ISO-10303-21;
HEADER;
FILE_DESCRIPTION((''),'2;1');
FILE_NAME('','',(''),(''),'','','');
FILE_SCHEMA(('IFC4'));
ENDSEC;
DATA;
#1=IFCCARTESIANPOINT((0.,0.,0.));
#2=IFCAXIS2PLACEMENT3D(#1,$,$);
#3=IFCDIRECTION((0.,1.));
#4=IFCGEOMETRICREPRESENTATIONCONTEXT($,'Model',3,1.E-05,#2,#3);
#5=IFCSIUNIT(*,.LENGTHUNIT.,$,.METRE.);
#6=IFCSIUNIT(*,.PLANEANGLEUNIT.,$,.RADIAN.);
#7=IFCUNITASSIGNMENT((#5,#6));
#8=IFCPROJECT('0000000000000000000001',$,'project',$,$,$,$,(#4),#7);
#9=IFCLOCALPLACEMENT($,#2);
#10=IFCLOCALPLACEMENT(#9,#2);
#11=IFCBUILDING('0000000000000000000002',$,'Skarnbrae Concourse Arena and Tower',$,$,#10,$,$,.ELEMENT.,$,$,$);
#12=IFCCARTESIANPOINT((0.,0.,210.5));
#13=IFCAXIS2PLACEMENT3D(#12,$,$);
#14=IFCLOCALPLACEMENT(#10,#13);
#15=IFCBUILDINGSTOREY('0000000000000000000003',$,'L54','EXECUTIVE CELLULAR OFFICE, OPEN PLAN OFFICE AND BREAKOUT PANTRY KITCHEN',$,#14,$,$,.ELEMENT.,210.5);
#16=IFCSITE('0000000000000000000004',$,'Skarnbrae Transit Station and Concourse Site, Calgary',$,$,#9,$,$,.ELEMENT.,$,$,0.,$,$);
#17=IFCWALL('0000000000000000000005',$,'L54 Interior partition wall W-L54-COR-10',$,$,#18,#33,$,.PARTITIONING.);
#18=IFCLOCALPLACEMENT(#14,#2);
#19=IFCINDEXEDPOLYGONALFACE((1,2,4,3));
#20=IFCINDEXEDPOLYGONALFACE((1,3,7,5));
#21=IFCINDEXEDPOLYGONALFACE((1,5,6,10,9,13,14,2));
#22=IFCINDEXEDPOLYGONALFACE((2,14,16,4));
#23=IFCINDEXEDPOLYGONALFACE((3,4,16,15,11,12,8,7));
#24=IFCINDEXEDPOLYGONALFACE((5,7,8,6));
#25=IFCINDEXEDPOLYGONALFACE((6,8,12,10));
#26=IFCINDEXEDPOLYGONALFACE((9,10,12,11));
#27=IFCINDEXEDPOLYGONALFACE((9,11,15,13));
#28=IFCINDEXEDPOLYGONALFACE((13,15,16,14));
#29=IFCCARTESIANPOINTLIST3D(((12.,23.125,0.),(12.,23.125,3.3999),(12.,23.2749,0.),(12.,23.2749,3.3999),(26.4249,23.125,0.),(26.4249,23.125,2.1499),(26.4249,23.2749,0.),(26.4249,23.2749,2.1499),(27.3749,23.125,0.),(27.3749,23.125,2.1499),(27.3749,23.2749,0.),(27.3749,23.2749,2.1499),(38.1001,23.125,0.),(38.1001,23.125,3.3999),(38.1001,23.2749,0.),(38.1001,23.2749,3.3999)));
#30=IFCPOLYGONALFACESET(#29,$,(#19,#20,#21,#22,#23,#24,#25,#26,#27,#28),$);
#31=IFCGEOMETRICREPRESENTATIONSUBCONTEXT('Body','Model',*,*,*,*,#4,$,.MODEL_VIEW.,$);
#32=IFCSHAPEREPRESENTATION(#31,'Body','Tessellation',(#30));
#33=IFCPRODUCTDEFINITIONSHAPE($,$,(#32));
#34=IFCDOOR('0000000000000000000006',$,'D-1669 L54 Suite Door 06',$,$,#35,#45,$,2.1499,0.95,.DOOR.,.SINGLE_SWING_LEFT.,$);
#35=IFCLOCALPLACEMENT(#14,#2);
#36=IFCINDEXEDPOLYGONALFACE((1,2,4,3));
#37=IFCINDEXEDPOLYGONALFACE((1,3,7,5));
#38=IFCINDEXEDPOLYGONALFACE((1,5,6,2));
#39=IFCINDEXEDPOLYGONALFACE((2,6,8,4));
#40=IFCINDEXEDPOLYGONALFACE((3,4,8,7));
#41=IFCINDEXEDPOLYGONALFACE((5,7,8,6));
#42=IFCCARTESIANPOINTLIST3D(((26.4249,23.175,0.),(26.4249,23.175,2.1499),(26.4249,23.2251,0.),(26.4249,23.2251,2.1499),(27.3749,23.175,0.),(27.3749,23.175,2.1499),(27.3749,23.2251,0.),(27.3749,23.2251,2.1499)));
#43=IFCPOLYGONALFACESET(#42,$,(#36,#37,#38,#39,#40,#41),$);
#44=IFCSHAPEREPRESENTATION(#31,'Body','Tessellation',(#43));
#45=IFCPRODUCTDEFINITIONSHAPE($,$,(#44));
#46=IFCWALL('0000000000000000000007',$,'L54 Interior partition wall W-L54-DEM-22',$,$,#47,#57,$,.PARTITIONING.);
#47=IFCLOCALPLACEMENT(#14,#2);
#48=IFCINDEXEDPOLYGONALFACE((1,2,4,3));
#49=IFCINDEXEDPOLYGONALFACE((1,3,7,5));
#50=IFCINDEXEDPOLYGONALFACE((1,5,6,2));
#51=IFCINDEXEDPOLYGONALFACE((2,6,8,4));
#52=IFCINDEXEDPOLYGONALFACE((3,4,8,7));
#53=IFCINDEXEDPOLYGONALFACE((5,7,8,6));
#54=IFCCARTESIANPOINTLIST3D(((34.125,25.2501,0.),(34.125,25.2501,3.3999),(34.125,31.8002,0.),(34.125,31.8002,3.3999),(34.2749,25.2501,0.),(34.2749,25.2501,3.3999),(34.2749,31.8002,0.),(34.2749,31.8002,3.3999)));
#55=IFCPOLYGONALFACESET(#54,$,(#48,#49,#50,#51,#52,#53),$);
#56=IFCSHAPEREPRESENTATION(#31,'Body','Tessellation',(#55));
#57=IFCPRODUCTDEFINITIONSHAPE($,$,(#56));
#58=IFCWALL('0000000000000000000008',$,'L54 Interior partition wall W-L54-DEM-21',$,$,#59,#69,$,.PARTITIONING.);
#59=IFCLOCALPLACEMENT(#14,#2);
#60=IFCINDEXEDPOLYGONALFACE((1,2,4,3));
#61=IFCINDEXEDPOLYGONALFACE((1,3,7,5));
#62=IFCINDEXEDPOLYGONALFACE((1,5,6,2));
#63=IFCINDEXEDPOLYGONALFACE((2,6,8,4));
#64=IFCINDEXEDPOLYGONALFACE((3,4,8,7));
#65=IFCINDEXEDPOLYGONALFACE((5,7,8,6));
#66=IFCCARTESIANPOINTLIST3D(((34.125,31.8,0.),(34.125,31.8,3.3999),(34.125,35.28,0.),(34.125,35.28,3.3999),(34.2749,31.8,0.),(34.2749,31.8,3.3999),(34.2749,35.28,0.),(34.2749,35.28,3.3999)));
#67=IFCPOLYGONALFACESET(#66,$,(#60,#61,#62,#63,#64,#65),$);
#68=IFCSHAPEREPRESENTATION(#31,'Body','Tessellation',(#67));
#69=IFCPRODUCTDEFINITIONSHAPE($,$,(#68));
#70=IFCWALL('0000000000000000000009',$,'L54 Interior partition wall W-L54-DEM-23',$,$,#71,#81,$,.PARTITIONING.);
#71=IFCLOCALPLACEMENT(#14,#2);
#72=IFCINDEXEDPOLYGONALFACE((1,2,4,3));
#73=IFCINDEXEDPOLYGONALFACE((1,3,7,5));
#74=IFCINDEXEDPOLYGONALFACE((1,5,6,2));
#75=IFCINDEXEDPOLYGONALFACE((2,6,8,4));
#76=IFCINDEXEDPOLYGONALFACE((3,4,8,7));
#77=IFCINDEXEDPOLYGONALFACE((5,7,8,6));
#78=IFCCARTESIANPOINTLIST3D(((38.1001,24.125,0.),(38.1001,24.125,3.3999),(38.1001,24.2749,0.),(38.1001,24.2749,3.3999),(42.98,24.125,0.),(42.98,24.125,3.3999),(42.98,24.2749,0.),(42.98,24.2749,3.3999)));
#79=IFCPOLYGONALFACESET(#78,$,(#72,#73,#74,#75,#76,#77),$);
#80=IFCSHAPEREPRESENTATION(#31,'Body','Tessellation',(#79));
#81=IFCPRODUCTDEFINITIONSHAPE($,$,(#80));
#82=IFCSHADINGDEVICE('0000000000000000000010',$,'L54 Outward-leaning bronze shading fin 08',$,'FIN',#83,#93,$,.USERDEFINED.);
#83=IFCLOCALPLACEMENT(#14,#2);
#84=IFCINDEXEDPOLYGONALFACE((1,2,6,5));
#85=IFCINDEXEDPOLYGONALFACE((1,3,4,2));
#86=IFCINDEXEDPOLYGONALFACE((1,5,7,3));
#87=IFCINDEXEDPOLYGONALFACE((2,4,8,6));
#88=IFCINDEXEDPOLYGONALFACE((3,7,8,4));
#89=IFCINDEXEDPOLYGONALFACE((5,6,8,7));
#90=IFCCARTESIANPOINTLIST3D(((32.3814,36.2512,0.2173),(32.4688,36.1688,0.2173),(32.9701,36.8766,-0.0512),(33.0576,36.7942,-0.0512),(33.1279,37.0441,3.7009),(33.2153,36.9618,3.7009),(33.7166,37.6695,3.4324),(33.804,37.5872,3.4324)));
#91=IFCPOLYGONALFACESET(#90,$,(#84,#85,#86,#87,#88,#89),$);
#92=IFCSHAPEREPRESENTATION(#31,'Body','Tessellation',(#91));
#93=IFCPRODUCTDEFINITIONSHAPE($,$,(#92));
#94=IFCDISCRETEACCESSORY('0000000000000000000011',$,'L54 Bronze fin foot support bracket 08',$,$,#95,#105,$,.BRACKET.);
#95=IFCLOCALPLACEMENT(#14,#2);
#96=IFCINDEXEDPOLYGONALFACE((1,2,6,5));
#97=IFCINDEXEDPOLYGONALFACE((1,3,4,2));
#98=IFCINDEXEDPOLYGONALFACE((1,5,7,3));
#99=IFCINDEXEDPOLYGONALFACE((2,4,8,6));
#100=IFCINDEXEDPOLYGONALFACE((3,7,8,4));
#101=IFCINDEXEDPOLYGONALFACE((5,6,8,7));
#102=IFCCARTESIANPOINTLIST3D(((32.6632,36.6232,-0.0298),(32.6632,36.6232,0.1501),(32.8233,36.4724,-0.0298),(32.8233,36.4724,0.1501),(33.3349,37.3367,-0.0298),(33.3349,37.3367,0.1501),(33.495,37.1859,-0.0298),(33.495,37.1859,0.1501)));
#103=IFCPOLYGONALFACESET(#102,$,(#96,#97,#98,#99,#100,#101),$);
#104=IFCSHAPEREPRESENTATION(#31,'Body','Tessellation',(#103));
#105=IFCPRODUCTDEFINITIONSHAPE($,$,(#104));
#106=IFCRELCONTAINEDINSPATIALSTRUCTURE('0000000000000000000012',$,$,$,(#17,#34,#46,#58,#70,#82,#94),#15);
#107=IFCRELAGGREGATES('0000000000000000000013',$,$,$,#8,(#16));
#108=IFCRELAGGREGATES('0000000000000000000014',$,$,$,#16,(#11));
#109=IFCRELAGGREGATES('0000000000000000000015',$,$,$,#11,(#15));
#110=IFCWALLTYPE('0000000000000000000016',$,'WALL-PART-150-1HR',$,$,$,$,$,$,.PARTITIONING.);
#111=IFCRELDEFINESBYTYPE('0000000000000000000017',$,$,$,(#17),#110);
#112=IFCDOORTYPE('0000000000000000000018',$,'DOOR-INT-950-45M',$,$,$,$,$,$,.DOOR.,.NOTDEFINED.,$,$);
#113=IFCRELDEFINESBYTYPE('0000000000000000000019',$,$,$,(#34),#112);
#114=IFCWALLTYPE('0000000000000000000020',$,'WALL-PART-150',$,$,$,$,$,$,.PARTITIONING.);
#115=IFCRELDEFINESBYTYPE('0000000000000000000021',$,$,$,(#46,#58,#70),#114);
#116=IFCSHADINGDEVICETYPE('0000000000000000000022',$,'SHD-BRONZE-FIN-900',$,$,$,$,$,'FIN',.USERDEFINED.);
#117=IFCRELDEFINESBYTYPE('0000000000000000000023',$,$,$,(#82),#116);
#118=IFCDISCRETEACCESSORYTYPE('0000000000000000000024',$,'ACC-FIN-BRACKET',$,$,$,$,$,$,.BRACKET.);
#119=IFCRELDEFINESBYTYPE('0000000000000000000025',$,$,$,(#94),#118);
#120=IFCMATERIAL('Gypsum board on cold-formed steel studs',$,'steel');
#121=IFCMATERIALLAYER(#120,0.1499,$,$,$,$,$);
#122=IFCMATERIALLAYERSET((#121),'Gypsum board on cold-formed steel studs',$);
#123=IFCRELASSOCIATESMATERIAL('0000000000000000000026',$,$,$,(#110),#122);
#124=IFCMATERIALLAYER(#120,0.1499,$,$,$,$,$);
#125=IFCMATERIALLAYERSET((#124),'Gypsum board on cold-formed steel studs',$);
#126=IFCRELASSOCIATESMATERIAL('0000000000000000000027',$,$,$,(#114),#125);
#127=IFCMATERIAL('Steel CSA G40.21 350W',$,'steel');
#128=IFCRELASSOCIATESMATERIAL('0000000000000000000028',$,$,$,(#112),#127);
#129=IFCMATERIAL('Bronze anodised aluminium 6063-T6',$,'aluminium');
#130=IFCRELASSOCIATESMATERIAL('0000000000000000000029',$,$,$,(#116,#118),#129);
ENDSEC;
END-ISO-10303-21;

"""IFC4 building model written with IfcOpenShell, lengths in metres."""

from ifc_helpers import new_model, si_unit, direction, frame, frame_2d, origin, origin_2d, place, context, subcontext, project, spatial, rectangle, extrude, source, transform, mapped, material, layer, layer_set, type_object, element, fill, save


model = new_model("IFC4")

# Units and contexts
model_context = context("Model", 3, precision=1e-05, world=origin(), true_north=direction((0.0, 1.0)))
body_context = subcontext(model_context, "Body", "Model", "MODEL_VIEW")
ifc_project = project(units=[si_unit("LENGTHUNIT", "METRE"), si_unit("PLANEANGLEUNIT", "RADIAN")], contexts=[model_context])

# Site, building, storey
site_placement = place(None, origin())
site = spatial("IfcSite", under=ifc_project, at=site_placement, Name="Skarnbrae Transit Station and Concourse Site, Calgary", CompositionType="ELEMENT", RefElevation=0.0)
building_placement = place(site_placement, origin())
building = spatial("IfcBuilding", under=site, at=building_placement, Name="Skarnbrae Concourse Arena and Tower", CompositionType="ELEMENT")
storey_placement = place(building_placement, frame((0.0, 0.0, 210.5)))
storey = spatial("IfcBuildingStorey", under=building, at=storey_placement, Name="L54", Description="EXECUTIVE CELLULAR OFFICE, OPEN PLAN OFFICE AND BREAKOUT PANTRY KITCHEN", CompositionType="ELEMENT", Elevation=210.5)

# Shared definitions
ifc_material_1 = material(Name="Steel CSA G40.21 350W", Category="steel")

# Shared definitions
ifc_material_2 = material(Name="Bronze anodised aluminium 6063-T6", Category="aluminium")

# Shared definitions
ifc_material_3 = material(Name="Gypsum board on cold-formed steel studs", Category="steel")
ifc_layer_1 = layer(ifc_material_3, 0.1499)
ifc_layer_set_1 = layer_set([ifc_layer_1], Name="Gypsum board on cold-formed steel studs")
wall_type_1 = type_object("IfcWallType", Name="WALL-PART-150-1HR", PredefinedType="PARTITIONING", material=ifc_layer_set_1)
ifc_layer_2 = layer(ifc_material_3, 0.1499)
ifc_layer_set_2 = layer_set([ifc_layer_2], Name="Gypsum board on cold-formed steel studs")
wall_type_2 = type_object("IfcWallType", Name="WALL-PART-150", PredefinedType="PARTITIONING", material=ifc_layer_set_2)

# Wall, opening, door
shared_shape_1 = source(origin(), body_context, "Body", "SweptSolid", [
    extrude(rectangle(XDim=26.1001, YDim=0.1499, at=frame_2d((13.05, 0.0))), origin(), (0.0, 0.0, 1.0), 3.3999),
])
wall_1_placement = place(storey_placement, frame((38.1001, 23.2, 0.0), z_axis=(0.0, 0.0, 1.0), x_axis=(-1.0, 0.0, 0.0)))
wall_1 = element("IfcWall", 1, at=wall_1_placement, inside=storey, type_object=wall_type_1, Name="L54 Interior partition wall W-L54-COR-10", PredefinedType="PARTITIONING", context=body_context, shape_type="MappedRepresentation", body=[
    mapped(shared_shape_1, transform((0.0, 0.0, 0.0))),
])
opening_placement = place(wall_1_placement, frame((10.7251, 0.0, 0.0)))
opening = element("IfcOpeningElement", 2, at=opening_placement, cuts=wall_1, PredefinedType="OPENING", context=body_context, shape_type="SweptSolid", body=[
    extrude(rectangle(XDim=0.95, YDim=2.1499, at=frame_2d((0.4751, 1.075))), frame((0.0, 0.085, 0.0), z_axis=(0.0, -1.0, 0.0), x_axis=(1.0, 0.0, 0.0)), (0.0, 0.0, 1.0), 0.1699),
])
door_type = type_object("IfcDoorType", Name="DOOR-INT-950-45M", OperationType="NOTDEFINED", PredefinedType="DOOR", material=ifc_material_1)
shared_shape_2 = source(origin(), body_context, "Body", "SweptSolid", [
    extrude(rectangle(XDim=0.95, YDim=2.1499, at=frame_2d((0.4751, 1.075))), frame((0.0, 0.0249, 0.0), z_axis=(0.0, -1.0, 0.0), x_axis=(1.0, 0.0, 0.0)), (0.0, 0.0, 1.0), 0.05),
])
door_placement = place(opening_placement, origin())
door = element("IfcDoor", 3, at=door_placement, inside=storey, type_object=door_type, Name="D-1669 L54 Suite Door 06", OperationType="SINGLE_SWING_LEFT", OverallHeight=2.1499, OverallWidth=0.95, PredefinedType="DOOR", context=body_context, shape_type="MappedRepresentation", body=[
    mapped(shared_shape_2, transform((0.0, 0.0, 0.0))),
])
fill(opening, door)

# Walls
shared_shape_3 = source(origin(), body_context, "Body", "SweptSolid", [
    extrude(rectangle(XDim=6.55, YDim=0.1499, at=frame_2d((3.2749, 0.0))), origin(), (0.0, 0.0, 1.0), 3.3999),
])
wall_2_placement = place(storey_placement, frame((34.2, 31.8, 0.0), z_axis=(0.0, 0.0, 1.0), x_axis=(0.0, -1.0, 0.0)))
element("IfcWall", 4, at=wall_2_placement, inside=storey, type_object=wall_type_2, Name="L54 Interior partition wall W-L54-DEM-22", PredefinedType="PARTITIONING", context=body_context, shape_type="MappedRepresentation", body=[
    mapped(shared_shape_3, transform((0.0, 0.0, 0.0))),
])
shared_shape_4 = source(origin(), body_context, "Body", "SweptSolid", [
    extrude(rectangle(XDim=3.48, YDim=0.1499, at=frame_2d((1.74, 0.0))), origin(), (0.0, 0.0, 1.0), 3.3999),
])
wall_3_placement = place(storey_placement, frame((34.2, 35.28, 0.0), z_axis=(0.0, 0.0, 1.0), x_axis=(0.0, -1.0, 0.0)))
element("IfcWall", 5, at=wall_3_placement, inside=storey, type_object=wall_type_2, Name="L54 Interior partition wall W-L54-DEM-21", PredefinedType="PARTITIONING", context=body_context, shape_type="MappedRepresentation", body=[
    mapped(shared_shape_4, transform((0.0, 0.0, 0.0))),
])
shared_shape_5 = source(origin(), body_context, "Body", "SweptSolid", [
    extrude(rectangle(XDim=4.8799, YDim=0.1499, at=frame_2d((2.4399, 0.0))), origin(), (0.0, 0.0, 1.0), 3.3999),
])
wall_4_placement = place(storey_placement, frame((42.98, 24.2, 0.0), z_axis=(0.0, 0.0, 1.0), x_axis=(-1.0, 0.0, 0.0)))
element("IfcWall", 6, at=wall_4_placement, inside=storey, type_object=wall_type_2, Name="L54 Interior partition wall W-L54-DEM-23", PredefinedType="PARTITIONING", context=body_context, shape_type="MappedRepresentation", body=[
    mapped(shared_shape_5, transform((0.0, 0.0, 0.0))),
])

# Shading device
shading_device_type = type_object("IfcShadingDeviceType", Name="SHD-BRONZE-FIN-900", ElementType="FIN", PredefinedType="USERDEFINED", material=ifc_material_2)
shared_shape_6 = source(origin(), body_context, "Body", "SweptSolid", [
    extrude(rectangle(XDim=0.1201, YDim=0.8999, at=origin_2d()), origin(), (0.0, 0.0, 1.0), 3.6499),
])
shading_device_placement = place(storey_placement, frame((32.7195, 36.5227, 0.083), z_axis=(0.204517, 0.217256, 0.954449), x_axis=(0.728132, -0.685437, 0.0)))
element("IfcShadingDevice", 7, at=shading_device_placement, inside=storey, type_object=shading_device_type, Name="L54 Outward-leaning bronze shading fin 08", ObjectType="FIN", PredefinedType="USERDEFINED", context=body_context, shape_type="MappedRepresentation", body=[
    mapped(shared_shape_6, transform((0.0, 0.0, 0.0))),
])

# Discrete accessory
discrete_accessory_type = type_object("IfcDiscreteAccessoryType", Name="ACC-FIN-BRACKET", PredefinedType="BRACKET", material=ifc_material_2)
shared_shape_7 = source(origin(), body_context, "Body", "SweptSolid", [
    extrude(rectangle(XDim=0.22, YDim=0.98, at=origin_2d()), origin(), (0.0, 0.0, 1.0), 0.1799),
])
discrete_accessory_placement = place(storey_placement, frame((33.0791, 36.9045, -0.0298), z_axis=(0.0, 0.0, 1.0), x_axis=(0.728132, -0.685437, 0.0)))
element("IfcDiscreteAccessory", 8, at=discrete_accessory_placement, inside=storey, type_object=discrete_accessory_type, Name="L54 Bronze fin foot support bracket 08", PredefinedType="BRACKET", context=body_context, shape_type="MappedRepresentation", body=[
    mapped(shared_shape_7, transform((0.0, 0.0, 0.0))),
])

save(model, "model.ifc")
